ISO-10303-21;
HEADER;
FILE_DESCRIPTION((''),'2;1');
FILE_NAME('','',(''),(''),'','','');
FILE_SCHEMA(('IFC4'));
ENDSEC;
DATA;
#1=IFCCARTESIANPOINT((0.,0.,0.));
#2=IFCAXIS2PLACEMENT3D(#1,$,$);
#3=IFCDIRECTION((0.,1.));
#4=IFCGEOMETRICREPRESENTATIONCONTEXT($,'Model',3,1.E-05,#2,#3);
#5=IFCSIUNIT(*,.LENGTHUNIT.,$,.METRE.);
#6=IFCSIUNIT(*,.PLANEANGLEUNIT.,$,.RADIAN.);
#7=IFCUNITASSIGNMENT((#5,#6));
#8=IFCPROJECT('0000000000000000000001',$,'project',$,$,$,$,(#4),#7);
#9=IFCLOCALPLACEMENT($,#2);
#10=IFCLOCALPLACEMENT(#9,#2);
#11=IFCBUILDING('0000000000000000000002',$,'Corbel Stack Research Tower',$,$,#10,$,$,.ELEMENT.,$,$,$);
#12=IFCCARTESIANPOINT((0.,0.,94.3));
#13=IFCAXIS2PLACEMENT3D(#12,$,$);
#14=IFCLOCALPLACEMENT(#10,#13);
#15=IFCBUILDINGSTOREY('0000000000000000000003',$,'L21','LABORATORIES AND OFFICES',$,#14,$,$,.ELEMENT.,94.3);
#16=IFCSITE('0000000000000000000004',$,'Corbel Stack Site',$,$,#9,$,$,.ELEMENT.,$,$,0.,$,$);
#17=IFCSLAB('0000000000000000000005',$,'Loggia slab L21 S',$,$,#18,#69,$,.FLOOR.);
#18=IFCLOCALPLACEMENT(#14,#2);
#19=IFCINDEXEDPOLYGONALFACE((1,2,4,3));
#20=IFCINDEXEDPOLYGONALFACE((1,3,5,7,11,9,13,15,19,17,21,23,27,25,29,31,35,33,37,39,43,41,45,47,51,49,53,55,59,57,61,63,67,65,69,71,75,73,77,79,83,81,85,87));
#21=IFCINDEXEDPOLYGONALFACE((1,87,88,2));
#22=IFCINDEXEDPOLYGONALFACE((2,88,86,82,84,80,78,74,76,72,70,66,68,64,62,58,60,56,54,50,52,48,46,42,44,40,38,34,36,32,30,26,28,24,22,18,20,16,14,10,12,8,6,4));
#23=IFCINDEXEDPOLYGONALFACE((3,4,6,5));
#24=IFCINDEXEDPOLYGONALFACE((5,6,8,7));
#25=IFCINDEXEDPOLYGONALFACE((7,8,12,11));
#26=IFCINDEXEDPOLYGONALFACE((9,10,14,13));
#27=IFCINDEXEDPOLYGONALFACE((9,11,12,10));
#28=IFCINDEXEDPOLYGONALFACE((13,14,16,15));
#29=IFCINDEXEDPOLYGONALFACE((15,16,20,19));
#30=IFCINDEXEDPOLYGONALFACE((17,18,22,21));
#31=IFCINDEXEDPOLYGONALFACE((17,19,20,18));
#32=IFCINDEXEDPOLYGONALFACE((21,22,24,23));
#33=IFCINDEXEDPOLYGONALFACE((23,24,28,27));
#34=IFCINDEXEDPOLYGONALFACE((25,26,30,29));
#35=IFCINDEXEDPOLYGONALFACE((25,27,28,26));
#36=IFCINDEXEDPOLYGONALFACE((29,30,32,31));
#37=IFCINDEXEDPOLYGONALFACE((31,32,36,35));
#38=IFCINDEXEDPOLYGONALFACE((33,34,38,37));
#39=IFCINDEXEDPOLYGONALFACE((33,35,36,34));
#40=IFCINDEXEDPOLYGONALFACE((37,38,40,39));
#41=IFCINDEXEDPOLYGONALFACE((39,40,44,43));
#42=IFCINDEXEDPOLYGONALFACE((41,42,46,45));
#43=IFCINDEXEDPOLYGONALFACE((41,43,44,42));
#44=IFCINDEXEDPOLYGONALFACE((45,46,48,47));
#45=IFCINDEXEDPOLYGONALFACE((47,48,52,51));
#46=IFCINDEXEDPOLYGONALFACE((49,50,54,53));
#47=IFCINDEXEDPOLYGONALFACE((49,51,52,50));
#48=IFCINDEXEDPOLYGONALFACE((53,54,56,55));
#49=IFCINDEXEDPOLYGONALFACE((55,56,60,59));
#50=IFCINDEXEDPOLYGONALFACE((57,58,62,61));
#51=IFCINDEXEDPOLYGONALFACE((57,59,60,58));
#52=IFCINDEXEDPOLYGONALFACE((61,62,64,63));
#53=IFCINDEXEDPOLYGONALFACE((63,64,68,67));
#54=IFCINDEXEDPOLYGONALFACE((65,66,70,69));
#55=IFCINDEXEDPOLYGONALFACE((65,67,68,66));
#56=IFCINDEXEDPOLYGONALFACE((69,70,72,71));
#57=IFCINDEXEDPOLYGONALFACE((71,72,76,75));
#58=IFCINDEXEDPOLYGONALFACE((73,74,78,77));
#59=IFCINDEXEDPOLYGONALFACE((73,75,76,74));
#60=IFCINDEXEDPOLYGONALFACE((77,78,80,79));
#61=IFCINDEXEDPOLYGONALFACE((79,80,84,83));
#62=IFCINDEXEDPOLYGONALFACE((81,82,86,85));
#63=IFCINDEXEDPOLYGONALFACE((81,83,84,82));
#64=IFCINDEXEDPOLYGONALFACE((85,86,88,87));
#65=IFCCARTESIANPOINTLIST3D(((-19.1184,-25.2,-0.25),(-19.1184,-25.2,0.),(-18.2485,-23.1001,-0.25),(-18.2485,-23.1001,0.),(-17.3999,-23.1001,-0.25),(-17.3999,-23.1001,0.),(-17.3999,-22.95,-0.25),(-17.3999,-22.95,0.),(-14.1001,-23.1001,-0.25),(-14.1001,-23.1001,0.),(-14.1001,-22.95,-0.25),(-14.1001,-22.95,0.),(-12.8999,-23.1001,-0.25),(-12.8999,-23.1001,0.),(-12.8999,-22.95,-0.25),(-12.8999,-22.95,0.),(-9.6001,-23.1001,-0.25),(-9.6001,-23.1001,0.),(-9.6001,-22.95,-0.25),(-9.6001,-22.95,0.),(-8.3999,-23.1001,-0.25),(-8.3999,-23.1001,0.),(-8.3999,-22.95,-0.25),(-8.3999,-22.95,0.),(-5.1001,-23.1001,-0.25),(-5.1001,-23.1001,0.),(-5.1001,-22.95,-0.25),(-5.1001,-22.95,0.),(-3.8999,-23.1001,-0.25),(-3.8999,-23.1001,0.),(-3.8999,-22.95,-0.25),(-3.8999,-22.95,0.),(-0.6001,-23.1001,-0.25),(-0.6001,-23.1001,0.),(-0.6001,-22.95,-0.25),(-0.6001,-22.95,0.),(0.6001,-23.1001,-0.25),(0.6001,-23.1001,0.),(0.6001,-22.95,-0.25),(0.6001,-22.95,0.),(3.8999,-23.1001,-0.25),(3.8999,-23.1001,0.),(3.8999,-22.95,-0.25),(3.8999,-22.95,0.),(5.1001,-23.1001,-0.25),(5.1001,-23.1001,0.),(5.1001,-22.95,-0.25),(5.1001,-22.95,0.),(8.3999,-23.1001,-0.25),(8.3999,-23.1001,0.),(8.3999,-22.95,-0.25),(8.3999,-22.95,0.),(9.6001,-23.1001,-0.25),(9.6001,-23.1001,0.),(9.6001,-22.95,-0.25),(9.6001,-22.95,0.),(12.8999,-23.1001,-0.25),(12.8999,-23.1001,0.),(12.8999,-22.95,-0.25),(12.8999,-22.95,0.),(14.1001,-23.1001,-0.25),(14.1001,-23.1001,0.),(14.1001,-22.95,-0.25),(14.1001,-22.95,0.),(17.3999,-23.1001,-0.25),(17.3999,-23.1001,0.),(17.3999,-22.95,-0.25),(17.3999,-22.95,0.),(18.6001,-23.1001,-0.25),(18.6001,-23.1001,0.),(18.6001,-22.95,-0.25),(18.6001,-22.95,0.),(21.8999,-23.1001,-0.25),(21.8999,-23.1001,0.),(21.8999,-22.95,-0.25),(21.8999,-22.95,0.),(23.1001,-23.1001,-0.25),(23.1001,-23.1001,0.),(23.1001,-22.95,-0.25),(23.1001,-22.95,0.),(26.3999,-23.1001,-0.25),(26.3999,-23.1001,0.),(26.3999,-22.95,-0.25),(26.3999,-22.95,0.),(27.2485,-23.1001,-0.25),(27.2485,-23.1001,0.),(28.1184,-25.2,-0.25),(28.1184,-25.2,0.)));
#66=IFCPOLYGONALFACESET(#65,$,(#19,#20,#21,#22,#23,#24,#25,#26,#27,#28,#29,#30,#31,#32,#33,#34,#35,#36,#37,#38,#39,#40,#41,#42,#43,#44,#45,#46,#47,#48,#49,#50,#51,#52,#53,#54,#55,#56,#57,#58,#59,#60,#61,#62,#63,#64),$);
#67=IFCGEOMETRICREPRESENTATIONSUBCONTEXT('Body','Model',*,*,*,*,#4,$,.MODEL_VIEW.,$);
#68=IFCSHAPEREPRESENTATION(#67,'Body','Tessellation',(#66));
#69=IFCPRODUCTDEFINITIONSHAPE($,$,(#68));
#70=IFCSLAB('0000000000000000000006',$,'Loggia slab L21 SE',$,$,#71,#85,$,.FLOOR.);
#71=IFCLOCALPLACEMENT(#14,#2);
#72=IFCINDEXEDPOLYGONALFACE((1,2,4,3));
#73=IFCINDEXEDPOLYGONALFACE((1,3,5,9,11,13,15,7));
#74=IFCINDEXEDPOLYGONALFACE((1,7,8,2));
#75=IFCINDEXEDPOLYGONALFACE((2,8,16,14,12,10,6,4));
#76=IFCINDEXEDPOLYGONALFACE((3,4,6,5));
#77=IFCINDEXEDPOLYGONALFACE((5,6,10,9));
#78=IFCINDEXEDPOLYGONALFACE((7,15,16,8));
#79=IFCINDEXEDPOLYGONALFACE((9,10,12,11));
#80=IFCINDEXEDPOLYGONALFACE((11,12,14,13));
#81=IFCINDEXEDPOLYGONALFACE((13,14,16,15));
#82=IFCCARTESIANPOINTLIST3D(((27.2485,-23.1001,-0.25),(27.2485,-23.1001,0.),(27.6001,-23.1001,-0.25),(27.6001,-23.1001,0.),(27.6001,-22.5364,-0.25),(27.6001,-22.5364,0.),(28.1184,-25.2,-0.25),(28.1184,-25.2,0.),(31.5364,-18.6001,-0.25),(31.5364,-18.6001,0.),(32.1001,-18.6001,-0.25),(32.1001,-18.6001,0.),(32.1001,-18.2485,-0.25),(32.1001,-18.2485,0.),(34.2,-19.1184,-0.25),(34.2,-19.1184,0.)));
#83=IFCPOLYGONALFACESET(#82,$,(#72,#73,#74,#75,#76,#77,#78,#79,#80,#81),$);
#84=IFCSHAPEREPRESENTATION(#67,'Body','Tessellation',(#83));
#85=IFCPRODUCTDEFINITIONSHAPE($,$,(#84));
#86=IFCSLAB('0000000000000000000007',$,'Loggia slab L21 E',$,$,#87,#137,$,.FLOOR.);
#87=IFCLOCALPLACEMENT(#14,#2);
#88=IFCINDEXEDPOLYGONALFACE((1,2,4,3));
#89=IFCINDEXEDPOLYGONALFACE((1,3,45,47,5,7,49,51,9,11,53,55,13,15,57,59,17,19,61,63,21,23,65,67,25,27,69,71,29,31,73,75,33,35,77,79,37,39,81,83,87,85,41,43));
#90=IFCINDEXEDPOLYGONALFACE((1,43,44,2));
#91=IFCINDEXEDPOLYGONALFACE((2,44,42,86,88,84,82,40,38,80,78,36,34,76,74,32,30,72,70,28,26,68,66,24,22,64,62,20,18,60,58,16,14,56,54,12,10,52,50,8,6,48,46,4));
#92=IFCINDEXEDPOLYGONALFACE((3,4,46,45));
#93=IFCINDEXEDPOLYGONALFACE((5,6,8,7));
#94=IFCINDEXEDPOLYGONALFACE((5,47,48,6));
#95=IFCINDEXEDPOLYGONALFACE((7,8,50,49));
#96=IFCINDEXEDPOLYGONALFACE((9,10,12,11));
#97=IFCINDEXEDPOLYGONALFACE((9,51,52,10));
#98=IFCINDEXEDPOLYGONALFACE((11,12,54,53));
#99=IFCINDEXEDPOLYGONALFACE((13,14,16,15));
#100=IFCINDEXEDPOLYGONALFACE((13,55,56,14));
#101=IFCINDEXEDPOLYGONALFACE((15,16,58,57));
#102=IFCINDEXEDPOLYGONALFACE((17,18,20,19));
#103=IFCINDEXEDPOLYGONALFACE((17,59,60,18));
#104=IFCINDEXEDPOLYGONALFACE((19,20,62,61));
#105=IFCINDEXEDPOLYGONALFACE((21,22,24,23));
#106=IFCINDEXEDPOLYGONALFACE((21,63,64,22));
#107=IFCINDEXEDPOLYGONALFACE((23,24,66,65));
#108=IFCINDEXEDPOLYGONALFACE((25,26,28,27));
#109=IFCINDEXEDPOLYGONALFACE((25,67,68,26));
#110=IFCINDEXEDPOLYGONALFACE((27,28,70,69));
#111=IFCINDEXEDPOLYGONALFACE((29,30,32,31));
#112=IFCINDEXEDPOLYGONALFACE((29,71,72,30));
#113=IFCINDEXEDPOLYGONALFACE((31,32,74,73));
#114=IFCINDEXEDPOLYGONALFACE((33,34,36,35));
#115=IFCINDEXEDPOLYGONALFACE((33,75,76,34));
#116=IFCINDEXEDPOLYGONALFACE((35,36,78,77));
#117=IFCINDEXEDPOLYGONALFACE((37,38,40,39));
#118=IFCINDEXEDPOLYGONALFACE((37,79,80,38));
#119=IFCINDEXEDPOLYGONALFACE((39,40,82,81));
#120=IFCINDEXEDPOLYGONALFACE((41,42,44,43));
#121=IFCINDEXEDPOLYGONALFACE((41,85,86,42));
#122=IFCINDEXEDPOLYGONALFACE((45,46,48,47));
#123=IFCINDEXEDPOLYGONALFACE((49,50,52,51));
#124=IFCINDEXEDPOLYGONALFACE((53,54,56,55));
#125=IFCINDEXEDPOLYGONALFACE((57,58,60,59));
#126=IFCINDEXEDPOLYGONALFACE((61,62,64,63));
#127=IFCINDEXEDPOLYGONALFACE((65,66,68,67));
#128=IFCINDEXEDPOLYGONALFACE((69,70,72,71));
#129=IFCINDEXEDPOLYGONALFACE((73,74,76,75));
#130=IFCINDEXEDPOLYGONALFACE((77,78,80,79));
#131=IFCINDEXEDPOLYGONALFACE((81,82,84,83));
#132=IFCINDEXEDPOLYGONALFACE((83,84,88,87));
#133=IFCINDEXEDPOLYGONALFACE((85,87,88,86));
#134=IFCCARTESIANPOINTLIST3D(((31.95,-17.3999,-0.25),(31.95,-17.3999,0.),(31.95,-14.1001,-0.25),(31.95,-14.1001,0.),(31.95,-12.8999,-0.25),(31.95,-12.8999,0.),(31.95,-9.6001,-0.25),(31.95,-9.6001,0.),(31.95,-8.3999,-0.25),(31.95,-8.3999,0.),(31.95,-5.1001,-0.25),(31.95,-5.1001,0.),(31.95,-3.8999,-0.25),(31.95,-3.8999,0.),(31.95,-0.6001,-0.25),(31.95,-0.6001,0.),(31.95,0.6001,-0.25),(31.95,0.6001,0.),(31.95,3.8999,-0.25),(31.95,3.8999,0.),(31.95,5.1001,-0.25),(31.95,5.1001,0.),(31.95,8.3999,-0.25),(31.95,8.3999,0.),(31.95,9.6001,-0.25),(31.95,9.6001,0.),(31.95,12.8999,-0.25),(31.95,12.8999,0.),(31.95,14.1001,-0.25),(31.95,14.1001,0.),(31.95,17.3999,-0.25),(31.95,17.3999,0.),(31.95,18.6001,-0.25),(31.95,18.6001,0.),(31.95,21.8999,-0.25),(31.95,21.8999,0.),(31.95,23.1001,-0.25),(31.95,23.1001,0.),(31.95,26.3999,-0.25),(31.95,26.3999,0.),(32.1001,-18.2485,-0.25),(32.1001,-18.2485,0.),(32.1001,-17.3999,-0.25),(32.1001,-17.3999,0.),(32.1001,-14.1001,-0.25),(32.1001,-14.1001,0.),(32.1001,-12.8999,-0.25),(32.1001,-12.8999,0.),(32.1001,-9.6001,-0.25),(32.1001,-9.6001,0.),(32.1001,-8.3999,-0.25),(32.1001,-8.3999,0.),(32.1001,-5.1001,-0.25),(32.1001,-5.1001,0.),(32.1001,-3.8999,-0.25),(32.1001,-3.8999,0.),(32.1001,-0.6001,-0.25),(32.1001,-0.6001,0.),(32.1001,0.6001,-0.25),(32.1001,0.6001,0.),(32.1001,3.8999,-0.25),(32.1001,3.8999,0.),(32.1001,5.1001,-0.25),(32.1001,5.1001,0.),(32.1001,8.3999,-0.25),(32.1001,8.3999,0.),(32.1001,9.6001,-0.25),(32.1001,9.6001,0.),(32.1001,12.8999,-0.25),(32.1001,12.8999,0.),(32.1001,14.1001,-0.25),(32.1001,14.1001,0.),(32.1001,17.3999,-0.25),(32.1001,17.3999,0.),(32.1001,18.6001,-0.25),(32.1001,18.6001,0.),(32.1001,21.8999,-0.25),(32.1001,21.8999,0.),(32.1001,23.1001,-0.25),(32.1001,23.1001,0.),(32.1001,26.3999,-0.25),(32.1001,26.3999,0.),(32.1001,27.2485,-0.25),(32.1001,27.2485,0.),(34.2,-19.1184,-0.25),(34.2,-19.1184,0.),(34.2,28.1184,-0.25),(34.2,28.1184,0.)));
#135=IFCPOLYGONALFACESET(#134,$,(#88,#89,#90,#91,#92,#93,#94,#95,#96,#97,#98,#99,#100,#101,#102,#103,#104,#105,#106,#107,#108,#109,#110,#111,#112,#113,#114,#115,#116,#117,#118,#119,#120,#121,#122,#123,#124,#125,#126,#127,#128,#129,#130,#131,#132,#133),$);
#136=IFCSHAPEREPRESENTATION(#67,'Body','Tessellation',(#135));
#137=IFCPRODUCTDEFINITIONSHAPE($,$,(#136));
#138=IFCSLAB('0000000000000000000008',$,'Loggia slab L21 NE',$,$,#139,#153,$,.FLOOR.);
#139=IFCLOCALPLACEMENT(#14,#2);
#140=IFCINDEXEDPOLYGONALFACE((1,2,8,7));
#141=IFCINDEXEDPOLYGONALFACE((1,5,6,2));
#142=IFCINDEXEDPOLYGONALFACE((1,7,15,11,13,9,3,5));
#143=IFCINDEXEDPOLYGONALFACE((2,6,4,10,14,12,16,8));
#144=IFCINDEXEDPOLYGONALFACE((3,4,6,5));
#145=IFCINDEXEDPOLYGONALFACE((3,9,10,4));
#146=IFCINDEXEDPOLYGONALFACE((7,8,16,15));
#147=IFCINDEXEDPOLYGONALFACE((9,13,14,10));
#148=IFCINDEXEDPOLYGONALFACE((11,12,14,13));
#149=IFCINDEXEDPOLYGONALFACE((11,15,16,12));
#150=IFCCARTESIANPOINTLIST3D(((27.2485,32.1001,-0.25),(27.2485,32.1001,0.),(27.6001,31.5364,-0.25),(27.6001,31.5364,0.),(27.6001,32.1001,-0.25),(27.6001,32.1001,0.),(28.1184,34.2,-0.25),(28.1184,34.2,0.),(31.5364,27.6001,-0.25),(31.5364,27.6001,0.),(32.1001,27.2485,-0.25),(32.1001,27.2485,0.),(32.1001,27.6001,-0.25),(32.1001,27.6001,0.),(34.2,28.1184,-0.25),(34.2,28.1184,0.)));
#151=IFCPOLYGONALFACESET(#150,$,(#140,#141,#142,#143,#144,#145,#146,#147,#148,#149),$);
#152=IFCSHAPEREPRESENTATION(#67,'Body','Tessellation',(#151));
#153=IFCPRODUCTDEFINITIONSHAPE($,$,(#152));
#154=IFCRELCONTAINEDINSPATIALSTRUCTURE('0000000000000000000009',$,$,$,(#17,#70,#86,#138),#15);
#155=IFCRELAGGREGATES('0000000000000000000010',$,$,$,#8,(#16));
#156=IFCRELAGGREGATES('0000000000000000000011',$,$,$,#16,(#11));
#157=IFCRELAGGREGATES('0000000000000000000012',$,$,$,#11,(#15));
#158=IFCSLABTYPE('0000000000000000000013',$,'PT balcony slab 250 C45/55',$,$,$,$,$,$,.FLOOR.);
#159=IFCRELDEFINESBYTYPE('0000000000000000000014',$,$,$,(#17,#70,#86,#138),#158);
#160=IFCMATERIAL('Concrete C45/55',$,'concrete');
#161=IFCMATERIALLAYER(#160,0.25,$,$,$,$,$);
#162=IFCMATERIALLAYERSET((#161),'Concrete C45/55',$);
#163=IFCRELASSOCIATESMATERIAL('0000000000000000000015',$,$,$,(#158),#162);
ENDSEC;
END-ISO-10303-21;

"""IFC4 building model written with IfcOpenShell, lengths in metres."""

from ifc_helpers import new_model, si_unit, direction, frame, origin, place, context, subcontext, project, spatial, polyline, outline, extrude, material, layer, layer_set, type_object, element, save


model = new_model("IFC4")

# Units and contexts
model_context = context("Model", 3, precision=1e-05, world=origin(), true_north=direction((0.0, 1.0)))
body_context = subcontext(model_context, "Body", "Model", "MODEL_VIEW")
ifc_project = project(units=[si_unit("LENGTHUNIT", "METRE"), si_unit("PLANEANGLEUNIT", "RADIAN")], contexts=[model_context])

# Site, building, storey
site_placement = place(None, origin())
site = spatial("IfcSite", under=ifc_project, at=site_placement, Name="Corbel Stack Site", CompositionType="ELEMENT", RefElevation=0.0)
building_placement = place(site_placement, origin())
building = spatial("IfcBuilding", under=site, at=building_placement, Name="Corbel Stack Research Tower", CompositionType="ELEMENT")
storey_placement = place(building_placement, frame((0.0, 0.0, 94.3)))
storey = spatial("IfcBuildingStorey", under=building, at=storey_placement, Name="L21", Description="LABORATORIES AND OFFICES", CompositionType="ELEMENT", Elevation=94.3)

# Slabs
ifc_material_1 = material(Name="Concrete C45/55", Category="concrete")
ifc_layer_1 = layer(ifc_material_1, 0.25)
ifc_layer_set_1 = layer_set([ifc_layer_1], Name="Concrete C45/55")
slab_type_1 = type_object("IfcSlabType", Name="PT balcony slab 250 C45/55", PredefinedType="FLOOR", material=ifc_layer_set_1)
slab_1_placement = place(storey_placement, frame((0.0, 0.0, -0.25)))
element("IfcSlab", 1, at=slab_1_placement, inside=storey, type_object=slab_type_1, Name="Loggia slab L21 S", PredefinedType="FLOOR", context=body_context, shape_type="SweptSolid", body=[
    extrude(outline(polyline([(27.2485, -23.1001), (26.3999, -23.1001), (26.3999, -22.95), (23.1001, -22.95), (23.1001, -23.1001), (21.8999, -23.1001), (21.8999, -22.95), (18.6001, -22.95), (18.6001, -23.1001), (17.3999, -23.1001), (17.3999, -22.95), (14.1001, -22.95), (14.1001, -23.1001), (12.8999, -23.1001), (12.8999, -22.95), (9.6001, -22.95), (9.6001, -23.1001), (8.3999, -23.1001), (8.3999, -22.95), (5.1001, -22.95), (5.1001, -23.1001), (3.8999, -23.1001), (3.8999, -22.95), (0.6001, -22.95), (0.6001, -23.1001), (-0.6001, -23.1001), (-0.6001, -22.95), (-3.8999, -22.95), (-3.8999, -23.1001), (-5.1001, -23.1001), (-5.1001, -22.95), (-8.3999, -22.95), (-8.3999, -23.1001), (-9.6001, -23.1001), (-9.6001, -22.95), (-12.8999, -22.95), (-12.8999, -23.1001), (-14.1001, -23.1001), (-14.1001, -22.95), (-17.3999, -22.95), (-17.3999, -23.1001), (-18.2485, -23.1001), (-19.1184, -25.2), (28.1184, -25.2), (27.2485, -23.1001)])), origin(), (0.0, 0.0, 1.0), 0.25),
])
slab_2_placement = place(storey_placement, frame((0.0, 0.0, -0.25)))
element("IfcSlab", 2, at=slab_2_placement, inside=storey, type_object=slab_type_1, Name="Loggia slab L21 SE", PredefinedType="FLOOR", context=body_context, shape_type="SweptSolid", body=[
    extrude(outline(polyline([(32.1001, -18.2485), (32.1001, -18.6001), (31.5364, -18.6001), (27.6001, -22.5364), (27.6001, -23.1001), (27.2485, -23.1001), (28.1184, -25.2), (34.2, -19.1184), (32.1001, -18.2485)])), origin(), (0.0, 0.0, 1.0), 0.25),
])
slab_3_placement = place(storey_placement, frame((0.0, 0.0, -0.25)))
element("IfcSlab", 3, at=slab_3_placement, inside=storey, type_object=slab_type_1, Name="Loggia slab L21 E", PredefinedType="FLOOR", context=body_context, shape_type="SweptSolid", body=[
    extrude(outline(polyline([(32.1001, 27.2485), (32.1001, 26.3999), (31.95, 26.3999), (31.95, 23.1001), (32.1001, 23.1001), (32.1001, 21.8999), (31.95, 21.8999), (31.95, 18.6001), (32.1001, 18.6001), (32.1001, 17.3999), (31.95, 17.3999), (31.95, 14.1001), (32.1001, 14.1001), (32.1001, 12.8999), (31.95, 12.8999), (31.95, 9.6001), (32.1001, 9.6001), (32.1001, 8.3999), (31.95, 8.3999), (31.95, 5.1001), (32.1001, 5.1001), (32.1001, 3.8999), (31.95, 3.8999), (31.95, 0.6001), (32.1001, 0.6001), (32.1001, -0.6001), (31.95, -0.6001), (31.95, -3.8999), (32.1001, -3.8999), (32.1001, -5.1001), (31.95, -5.1001), (31.95, -8.3999), (32.1001, -8.3999), (32.1001, -9.6001), (31.95, -9.6001), (31.95, -12.8999), (32.1001, -12.8999), (32.1001, -14.1001), (31.95, -14.1001), (31.95, -17.3999), (32.1001, -17.3999), (32.1001, -18.2485), (34.2, -19.1184), (34.2, 28.1184), (32.1001, 27.2485)])), origin(), (0.0, 0.0, 1.0), 0.25),
])
slab_4_placement = place(storey_placement, frame((0.0, 0.0, -0.25)))
element("IfcSlab", 4, at=slab_4_placement, inside=storey, type_object=slab_type_1, Name="Loggia slab L21 NE", PredefinedType="FLOOR", context=body_context, shape_type="SweptSolid", body=[
    extrude(outline(polyline([(27.2485, 32.1001), (27.6001, 32.1001), (27.6001, 31.5364), (31.5364, 27.6001), (32.1001, 27.6001), (32.1001, 27.2485), (34.2, 28.1184), (28.1184, 34.2), (27.2485, 32.1001)])), origin(), (0.0, 0.0, 1.0), 0.25),
])

save(model, "model.ifc")
